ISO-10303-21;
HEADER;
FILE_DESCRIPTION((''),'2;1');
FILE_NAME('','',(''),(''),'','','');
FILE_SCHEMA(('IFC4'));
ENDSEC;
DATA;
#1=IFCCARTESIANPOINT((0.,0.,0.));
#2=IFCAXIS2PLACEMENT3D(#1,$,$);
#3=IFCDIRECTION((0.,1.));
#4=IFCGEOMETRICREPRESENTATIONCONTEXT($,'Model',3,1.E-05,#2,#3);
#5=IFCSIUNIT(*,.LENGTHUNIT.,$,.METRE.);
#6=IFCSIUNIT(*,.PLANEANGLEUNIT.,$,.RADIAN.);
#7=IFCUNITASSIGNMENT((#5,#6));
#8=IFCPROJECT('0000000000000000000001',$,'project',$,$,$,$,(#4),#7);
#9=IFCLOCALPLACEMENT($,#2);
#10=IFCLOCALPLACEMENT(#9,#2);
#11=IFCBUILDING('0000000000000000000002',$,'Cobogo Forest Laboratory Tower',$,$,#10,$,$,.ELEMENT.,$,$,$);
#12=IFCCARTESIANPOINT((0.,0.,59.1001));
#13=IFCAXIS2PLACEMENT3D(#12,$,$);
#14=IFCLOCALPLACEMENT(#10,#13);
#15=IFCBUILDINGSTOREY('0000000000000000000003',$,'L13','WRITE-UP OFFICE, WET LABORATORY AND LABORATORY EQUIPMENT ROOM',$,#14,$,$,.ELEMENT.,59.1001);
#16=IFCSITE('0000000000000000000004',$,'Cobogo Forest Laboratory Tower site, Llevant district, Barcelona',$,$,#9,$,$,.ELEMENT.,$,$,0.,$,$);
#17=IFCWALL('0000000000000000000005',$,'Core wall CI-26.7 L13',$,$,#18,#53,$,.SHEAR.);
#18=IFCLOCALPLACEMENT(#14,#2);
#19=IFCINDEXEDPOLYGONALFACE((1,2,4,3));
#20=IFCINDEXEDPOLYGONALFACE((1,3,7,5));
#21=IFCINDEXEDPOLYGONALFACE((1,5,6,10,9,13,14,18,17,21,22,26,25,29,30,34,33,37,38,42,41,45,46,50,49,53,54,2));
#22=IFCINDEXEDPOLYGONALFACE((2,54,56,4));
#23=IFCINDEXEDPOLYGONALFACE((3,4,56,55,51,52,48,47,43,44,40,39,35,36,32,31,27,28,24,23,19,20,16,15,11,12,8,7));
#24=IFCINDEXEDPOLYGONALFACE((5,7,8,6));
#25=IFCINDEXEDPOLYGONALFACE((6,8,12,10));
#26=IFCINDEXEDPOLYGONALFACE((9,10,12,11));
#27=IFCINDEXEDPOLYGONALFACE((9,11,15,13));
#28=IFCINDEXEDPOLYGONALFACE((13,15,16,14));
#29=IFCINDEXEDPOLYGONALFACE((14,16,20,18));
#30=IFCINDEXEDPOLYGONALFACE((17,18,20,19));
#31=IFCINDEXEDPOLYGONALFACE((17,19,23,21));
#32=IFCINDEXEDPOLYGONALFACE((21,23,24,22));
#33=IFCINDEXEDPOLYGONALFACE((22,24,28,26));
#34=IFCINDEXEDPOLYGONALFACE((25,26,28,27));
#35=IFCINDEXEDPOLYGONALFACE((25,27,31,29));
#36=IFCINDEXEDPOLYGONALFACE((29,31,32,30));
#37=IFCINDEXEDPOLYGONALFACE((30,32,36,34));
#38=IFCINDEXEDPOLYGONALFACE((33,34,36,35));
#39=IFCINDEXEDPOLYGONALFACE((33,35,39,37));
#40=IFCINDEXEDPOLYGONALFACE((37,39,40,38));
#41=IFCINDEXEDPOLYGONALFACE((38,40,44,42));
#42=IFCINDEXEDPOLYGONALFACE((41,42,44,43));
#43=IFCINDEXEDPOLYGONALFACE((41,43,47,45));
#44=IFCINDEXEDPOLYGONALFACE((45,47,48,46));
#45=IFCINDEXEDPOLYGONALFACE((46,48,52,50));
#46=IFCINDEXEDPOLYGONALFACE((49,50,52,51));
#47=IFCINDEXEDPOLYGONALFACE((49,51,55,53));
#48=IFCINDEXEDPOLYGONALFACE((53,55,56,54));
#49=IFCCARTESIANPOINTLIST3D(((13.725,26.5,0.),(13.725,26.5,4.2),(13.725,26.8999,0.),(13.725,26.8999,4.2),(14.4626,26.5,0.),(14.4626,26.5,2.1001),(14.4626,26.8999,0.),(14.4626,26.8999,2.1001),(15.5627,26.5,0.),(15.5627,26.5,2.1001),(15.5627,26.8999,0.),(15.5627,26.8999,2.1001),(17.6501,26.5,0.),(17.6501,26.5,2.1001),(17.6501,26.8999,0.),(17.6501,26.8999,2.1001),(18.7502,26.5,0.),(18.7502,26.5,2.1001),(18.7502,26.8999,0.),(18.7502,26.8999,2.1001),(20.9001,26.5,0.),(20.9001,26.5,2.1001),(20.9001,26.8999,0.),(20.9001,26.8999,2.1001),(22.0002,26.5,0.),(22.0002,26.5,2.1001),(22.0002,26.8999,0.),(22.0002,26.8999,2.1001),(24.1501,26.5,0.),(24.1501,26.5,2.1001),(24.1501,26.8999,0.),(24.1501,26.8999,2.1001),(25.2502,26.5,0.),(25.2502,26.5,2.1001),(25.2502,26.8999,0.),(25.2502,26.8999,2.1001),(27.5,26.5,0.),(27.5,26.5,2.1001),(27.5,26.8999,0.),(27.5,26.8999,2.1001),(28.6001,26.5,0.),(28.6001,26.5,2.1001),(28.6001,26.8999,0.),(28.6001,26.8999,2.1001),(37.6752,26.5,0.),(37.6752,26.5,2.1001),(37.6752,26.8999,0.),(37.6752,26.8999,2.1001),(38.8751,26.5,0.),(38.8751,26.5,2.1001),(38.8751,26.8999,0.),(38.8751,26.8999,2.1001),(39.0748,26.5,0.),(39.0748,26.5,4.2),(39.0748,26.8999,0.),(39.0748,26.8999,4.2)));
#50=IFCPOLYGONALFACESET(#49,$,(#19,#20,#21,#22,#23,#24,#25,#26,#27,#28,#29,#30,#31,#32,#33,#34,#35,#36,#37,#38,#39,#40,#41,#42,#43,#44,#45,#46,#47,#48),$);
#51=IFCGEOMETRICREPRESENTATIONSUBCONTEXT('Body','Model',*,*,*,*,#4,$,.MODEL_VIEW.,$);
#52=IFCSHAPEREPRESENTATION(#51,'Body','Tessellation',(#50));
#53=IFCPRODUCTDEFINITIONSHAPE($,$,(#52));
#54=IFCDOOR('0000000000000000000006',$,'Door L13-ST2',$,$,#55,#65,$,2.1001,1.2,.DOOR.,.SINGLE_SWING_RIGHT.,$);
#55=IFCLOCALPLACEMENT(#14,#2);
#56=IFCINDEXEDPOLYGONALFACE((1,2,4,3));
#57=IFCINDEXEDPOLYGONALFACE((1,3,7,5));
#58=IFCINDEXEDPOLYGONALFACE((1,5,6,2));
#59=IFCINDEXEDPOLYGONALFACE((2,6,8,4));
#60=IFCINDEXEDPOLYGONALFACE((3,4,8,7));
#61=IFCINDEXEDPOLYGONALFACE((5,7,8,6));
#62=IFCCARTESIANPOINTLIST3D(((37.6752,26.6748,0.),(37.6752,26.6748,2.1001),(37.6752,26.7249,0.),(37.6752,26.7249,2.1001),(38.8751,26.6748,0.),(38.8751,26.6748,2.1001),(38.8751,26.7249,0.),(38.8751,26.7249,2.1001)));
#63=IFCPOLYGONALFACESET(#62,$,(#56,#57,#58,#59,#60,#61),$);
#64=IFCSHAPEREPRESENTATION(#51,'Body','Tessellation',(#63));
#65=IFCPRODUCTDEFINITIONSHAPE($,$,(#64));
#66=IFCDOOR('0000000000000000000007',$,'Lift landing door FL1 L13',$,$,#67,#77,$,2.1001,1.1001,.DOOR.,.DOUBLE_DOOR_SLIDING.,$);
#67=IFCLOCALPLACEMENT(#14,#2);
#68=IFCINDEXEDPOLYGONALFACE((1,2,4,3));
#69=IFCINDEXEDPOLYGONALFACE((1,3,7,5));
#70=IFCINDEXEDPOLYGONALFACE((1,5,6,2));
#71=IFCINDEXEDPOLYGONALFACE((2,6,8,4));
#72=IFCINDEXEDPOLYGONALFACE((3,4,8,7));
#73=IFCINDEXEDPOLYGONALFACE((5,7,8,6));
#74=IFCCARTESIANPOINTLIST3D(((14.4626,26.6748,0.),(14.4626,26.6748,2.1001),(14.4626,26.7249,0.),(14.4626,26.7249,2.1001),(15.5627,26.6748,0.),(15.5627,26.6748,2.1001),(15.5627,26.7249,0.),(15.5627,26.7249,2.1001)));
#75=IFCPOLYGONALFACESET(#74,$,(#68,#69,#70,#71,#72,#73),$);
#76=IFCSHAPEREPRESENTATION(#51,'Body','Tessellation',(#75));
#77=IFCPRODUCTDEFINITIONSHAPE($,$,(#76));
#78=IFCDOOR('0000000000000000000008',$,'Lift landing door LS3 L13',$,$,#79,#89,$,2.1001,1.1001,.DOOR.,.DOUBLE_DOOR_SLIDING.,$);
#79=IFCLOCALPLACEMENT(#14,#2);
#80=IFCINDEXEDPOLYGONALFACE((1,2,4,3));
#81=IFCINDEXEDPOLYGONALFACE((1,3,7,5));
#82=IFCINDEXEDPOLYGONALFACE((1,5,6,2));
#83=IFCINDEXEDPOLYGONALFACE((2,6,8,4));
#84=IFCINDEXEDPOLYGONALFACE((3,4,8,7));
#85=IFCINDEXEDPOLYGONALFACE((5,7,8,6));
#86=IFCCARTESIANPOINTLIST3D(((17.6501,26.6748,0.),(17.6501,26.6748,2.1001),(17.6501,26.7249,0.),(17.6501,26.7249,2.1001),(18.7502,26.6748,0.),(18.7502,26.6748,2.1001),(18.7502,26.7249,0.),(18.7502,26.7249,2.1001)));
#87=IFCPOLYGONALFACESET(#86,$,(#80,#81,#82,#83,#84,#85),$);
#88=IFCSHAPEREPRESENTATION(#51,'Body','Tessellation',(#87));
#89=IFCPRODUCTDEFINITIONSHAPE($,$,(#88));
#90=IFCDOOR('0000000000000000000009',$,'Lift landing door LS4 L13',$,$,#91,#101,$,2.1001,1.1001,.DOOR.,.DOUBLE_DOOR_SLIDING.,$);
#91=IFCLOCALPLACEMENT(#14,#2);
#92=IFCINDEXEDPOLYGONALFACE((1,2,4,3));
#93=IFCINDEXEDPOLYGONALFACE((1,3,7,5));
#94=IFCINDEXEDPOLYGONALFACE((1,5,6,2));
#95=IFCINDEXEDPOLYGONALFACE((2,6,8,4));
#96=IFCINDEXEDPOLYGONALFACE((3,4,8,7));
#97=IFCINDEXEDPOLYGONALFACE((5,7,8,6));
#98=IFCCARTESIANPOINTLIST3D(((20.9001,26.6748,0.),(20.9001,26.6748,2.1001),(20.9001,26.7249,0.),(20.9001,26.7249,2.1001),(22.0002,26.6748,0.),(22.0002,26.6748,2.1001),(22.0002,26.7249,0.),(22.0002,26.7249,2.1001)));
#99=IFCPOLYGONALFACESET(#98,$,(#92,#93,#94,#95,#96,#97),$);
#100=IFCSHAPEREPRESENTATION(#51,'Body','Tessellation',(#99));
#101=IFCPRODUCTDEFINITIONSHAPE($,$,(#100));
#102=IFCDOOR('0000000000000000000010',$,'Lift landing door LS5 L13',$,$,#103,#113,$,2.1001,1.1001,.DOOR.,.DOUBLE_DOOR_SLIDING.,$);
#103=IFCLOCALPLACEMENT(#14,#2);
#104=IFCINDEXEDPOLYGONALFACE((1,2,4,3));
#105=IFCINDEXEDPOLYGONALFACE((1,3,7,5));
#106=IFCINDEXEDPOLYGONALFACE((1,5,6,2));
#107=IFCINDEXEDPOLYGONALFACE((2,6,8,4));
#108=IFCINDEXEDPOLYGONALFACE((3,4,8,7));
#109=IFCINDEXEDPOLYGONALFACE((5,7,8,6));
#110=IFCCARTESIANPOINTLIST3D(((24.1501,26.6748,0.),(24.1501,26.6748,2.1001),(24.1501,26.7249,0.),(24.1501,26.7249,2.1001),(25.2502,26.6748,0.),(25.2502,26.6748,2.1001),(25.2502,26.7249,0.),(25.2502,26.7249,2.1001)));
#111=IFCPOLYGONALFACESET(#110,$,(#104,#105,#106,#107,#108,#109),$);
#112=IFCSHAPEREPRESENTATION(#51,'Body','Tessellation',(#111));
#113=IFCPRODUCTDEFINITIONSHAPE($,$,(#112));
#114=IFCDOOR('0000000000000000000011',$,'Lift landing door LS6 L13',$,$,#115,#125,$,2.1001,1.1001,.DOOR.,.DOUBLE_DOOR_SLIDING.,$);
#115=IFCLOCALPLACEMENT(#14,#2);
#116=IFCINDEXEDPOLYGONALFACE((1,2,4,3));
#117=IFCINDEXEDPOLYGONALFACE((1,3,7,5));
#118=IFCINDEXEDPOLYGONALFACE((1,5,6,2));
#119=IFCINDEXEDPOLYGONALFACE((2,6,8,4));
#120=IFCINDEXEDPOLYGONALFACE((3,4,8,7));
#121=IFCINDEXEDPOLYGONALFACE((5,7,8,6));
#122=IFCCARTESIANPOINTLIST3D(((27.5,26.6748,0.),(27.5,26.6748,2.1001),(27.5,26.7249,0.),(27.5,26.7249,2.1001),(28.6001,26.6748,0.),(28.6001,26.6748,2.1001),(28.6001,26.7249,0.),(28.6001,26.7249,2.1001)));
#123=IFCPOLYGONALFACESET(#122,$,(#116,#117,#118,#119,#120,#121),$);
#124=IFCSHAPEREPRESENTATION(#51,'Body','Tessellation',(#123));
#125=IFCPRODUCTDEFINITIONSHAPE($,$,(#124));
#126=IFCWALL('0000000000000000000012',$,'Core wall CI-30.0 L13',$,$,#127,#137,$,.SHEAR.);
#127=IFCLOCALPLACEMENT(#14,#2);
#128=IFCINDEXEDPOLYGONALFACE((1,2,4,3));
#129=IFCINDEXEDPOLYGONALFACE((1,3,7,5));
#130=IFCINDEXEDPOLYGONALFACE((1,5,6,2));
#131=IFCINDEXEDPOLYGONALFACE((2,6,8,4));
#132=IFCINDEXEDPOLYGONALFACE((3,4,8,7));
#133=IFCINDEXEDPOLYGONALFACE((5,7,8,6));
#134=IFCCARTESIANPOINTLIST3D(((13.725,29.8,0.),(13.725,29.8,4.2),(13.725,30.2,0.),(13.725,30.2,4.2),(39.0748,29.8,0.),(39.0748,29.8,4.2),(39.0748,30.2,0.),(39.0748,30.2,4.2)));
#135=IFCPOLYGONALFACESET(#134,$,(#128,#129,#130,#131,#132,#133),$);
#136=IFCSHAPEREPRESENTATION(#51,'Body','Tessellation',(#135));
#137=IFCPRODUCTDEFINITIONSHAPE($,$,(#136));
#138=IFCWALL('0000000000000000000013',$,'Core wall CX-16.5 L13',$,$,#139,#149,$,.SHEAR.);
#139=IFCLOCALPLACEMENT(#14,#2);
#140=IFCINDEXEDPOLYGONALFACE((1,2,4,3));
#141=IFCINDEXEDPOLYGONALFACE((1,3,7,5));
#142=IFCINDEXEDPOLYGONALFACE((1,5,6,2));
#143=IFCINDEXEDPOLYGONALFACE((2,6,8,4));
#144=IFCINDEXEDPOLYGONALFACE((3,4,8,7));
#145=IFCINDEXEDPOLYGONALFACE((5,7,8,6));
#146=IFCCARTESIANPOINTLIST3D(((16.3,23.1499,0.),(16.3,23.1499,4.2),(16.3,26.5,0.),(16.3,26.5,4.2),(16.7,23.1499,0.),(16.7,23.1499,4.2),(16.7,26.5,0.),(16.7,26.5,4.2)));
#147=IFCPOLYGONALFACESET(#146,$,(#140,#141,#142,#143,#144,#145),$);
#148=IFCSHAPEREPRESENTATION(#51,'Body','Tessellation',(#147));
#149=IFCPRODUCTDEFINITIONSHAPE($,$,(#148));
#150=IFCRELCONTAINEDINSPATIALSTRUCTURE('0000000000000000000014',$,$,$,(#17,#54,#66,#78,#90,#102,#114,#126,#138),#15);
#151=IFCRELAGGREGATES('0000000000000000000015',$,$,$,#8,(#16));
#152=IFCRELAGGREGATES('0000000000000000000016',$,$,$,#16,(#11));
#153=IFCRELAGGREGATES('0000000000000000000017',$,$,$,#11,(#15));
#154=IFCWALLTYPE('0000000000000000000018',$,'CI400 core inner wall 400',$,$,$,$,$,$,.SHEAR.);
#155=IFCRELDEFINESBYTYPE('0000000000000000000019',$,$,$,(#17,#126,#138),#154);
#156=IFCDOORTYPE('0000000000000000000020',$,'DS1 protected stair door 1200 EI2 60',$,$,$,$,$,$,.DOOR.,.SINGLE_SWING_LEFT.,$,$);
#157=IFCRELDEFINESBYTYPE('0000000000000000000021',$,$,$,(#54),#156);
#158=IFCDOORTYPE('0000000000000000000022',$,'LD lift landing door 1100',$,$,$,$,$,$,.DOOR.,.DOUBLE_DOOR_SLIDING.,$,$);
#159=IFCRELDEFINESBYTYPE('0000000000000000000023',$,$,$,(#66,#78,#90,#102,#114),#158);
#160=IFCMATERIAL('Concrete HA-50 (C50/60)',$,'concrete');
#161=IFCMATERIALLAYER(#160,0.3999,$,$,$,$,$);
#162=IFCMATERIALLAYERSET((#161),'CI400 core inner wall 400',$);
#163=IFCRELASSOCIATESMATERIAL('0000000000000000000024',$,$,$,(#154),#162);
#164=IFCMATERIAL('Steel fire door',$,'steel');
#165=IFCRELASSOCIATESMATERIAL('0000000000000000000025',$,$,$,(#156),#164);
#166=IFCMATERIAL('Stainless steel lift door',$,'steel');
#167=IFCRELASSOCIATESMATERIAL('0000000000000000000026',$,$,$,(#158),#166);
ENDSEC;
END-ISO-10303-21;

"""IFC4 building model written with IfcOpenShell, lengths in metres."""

from ifc_helpers import new_model, si_unit, direction, frame, frame_2d, origin, place, context, subcontext, project, spatial, rectangle, extrude, material, layer, layer_set, type_object, element, fill, save


model = new_model("IFC4")

# Units and contexts
model_context = context("Model", 3, precision=1e-05, world=origin(), true_north=direction((0.0, 1.0)))
body_context = subcontext(model_context, "Body", "Model", "MODEL_VIEW")
ifc_project = project(units=[si_unit("LENGTHUNIT", "METRE"), si_unit("PLANEANGLEUNIT", "RADIAN")], contexts=[model_context])

# Site, building, storey
site_placement = place(None, origin())
site = spatial("IfcSite", under=ifc_project, at=site_placement, Name="Cobogo Forest Laboratory Tower site, Llevant district, Barcelona", CompositionType="ELEMENT", RefElevation=0.0)
building_placement = place(site_placement, origin())
building = spatial("IfcBuilding", under=site, at=building_placement, Name="Cobogo Forest Laboratory Tower", CompositionType="ELEMENT")
storey_placement = place(building_placement, frame((0.0, 0.0, 59.1001)))
storey = spatial("IfcBuildingStorey", under=building, at=storey_placement, Name="L13", Description="WRITE-UP OFFICE, WET LABORATORY AND LABORATORY EQUIPMENT ROOM", CompositionType="ELEMENT", Elevation=59.1001)

# Shared definitions
ifc_material_1 = material(Name="Concrete HA-50 (C50/60)", Category="concrete")

# Shared definitions
ifc_layer_1 = layer(ifc_material_1, 0.3999)
ifc_layer_set_1 = layer_set([ifc_layer_1], Name="CI400 core inner wall 400")
wall_type_1 = type_object("IfcWallType", Name="CI400 core inner wall 400", PredefinedType="SHEAR", material=ifc_layer_set_1)

# Wall, openings, doors
wall_1_placement = place(storey_placement, frame((13.7251, 26.7, 0.0), z_axis=(0.0, 0.0, 1.0), x_axis=(1.0, 0.0, 0.0)))
wall_1 = element("IfcWall", 1, at=wall_1_placement, inside=storey, type_object=wall_type_1, Name="Core wall CI-26.7 L13", PredefinedType="SHEAR", context=body_context, shape_type="SweptSolid", body=[
    extrude(rectangle(XDim=25.3499, YDim=0.3999, at=frame_2d((12.6748, 0.0))), origin(), (0.0, 0.0, 1.0), 4.2),
])
opening_1_placement = place(wall_1_placement, frame((23.95, 0.0, 0.0)))
opening_1 = element("IfcOpeningElement", 2, at=opening_1_placement, cuts=wall_1, PredefinedType="OPENING", context=body_context, shape_type="SweptSolid", body=[
    extrude(rectangle(XDim=1.2, YDim=2.1001, at=frame_2d((0.6001, 1.05))), frame((0.0, 0.21, 0.0), z_axis=(0.0, -1.0, 0.0), x_axis=(1.0, 0.0, 0.0)), (0.0, 0.0, 1.0), 0.4199),
])
opening_2_placement = place(wall_1_placement, frame((0.7375, 0.0, 0.0)))
opening_2 = element("IfcOpeningElement", 3, at=opening_2_placement, cuts=wall_1, PredefinedType="OPENING", context=body_context, shape_type="SweptSolid", body=[
    extrude(rectangle(XDim=1.1001, YDim=2.1001, at=frame_2d((0.55, 1.05))), frame((0.0, 0.21, 0.0), z_axis=(0.0, -1.0, 0.0), x_axis=(1.0, 0.0, 0.0)), (0.0, 0.0, 1.0), 0.4199),
])
opening_3_placement = place(wall_1_placement, frame((3.925, 0.0, 0.0)))
opening_3 = element("IfcOpeningElement", 4, at=opening_3_placement, cuts=wall_1, PredefinedType="OPENING", context=body_context, shape_type="SweptSolid", body=[
    extrude(rectangle(XDim=1.1001, YDim=2.1001, at=frame_2d((0.55, 1.05))), frame((0.0, 0.21, 0.0), z_axis=(0.0, -1.0, 0.0), x_axis=(1.0, 0.0, 0.0)), (0.0, 0.0, 1.0), 0.4199),
])
opening_4_placement = place(wall_1_placement, frame((7.175, 0.0, 0.0)))
opening_4 = element("IfcOpeningElement", 5, at=opening_4_placement, cuts=wall_1, PredefinedType="OPENING", context=body_context, shape_type="SweptSolid", body=[
    extrude(rectangle(XDim=1.1001, YDim=2.1001, at=frame_2d((0.55, 1.05))), frame((0.0, 0.21, 0.0), z_axis=(0.0, -1.0, 0.0), x_axis=(1.0, 0.0, 0.0)), (0.0, 0.0, 1.0), 0.4199),
])
opening_5_placement = place(wall_1_placement, frame((10.425, 0.0, 0.0)))
opening_5 = element("IfcOpeningElement", 6, at=opening_5_placement, cuts=wall_1, PredefinedType="OPENING", context=body_context, shape_type="SweptSolid", body=[
    extrude(rectangle(XDim=1.1001, YDim=2.1001, at=frame_2d((0.55, 1.05))), frame((0.0, 0.21, 0.0), z_axis=(0.0, -1.0, 0.0), x_axis=(1.0, 0.0, 0.0)), (0.0, 0.0, 1.0), 0.4199),
])
opening_6_placement = place(wall_1_placement, frame((13.7749, 0.0, 0.0)))
opening_6 = element("IfcOpeningElement", 7, at=opening_6_placement, cuts=wall_1, PredefinedType="OPENING", context=body_context, shape_type="SweptSolid", body=[
    extrude(rectangle(XDim=1.1001, YDim=2.1001, at=frame_2d((0.55, 1.05))), frame((0.0, 0.21, 0.0), z_axis=(0.0, -1.0, 0.0), x_axis=(1.0, 0.0, 0.0)), (0.0, 0.0, 1.0), 0.4199),
])
ifc_material_2 = material(Name="Steel fire door", Category="steel")
door_type_1 = type_object("IfcDoorType", Name="DS1 protected stair door 1200 EI2 60", OperationType="SINGLE_SWING_LEFT", PredefinedType="DOOR", material=ifc_material_2)
door_1_placement = place(opening_1_placement, origin())
door_1 = element("IfcDoor", 8, at=door_1_placement, inside=storey, type_object=door_type_1, Name="Door L13-ST2", OperationType="SINGLE_SWING_RIGHT", OverallHeight=2.1001, OverallWidth=1.2, PredefinedType="DOOR", context=body_context, shape_type="SweptSolid", body=[
    extrude(rectangle(XDim=1.2, YDim=2.1001, at=frame_2d((0.6001, 1.05))), frame((0.0, 0.0249, 0.0), z_axis=(0.0, -1.0, 0.0), x_axis=(1.0, 0.0, 0.0)), (0.0, 0.0, 1.0), 0.05),
])
fill(opening_1, door_1)
ifc_material_3 = material(Name="Stainless steel lift door", Category="steel")
door_type_2 = type_object("IfcDoorType", Name="LD lift landing door 1100", OperationType="DOUBLE_DOOR_SLIDING", PredefinedType="DOOR", material=ifc_material_3)
door_2_placement = place(opening_2_placement, origin())
door_2 = element("IfcDoor", 9, at=door_2_placement, inside=storey, type_object=door_type_2, Name="Lift landing door FL1 L13", OperationType="DOUBLE_DOOR_SLIDING", OverallHeight=2.1001, OverallWidth=1.1001, PredefinedType="DOOR", context=body_context, shape_type="SweptSolid", body=[
    extrude(rectangle(XDim=1.1001, YDim=2.1001, at=frame_2d((0.55, 1.05))), frame((0.0, 0.0249, 0.0), z_axis=(0.0, -1.0, 0.0), x_axis=(1.0, 0.0, 0.0)), (0.0, 0.0, 1.0), 0.05),
])
fill(opening_2, door_2)
door_3_placement = place(opening_3_placement, origin())
door_3 = element("IfcDoor", 10, at=door_3_placement, inside=storey, type_object=door_type_2, Name="Lift landing door LS3 L13", OperationType="DOUBLE_DOOR_SLIDING", OverallHeight=2.1001, OverallWidth=1.1001, PredefinedType="DOOR", context=body_context, shape_type="SweptSolid", body=[
    extrude(rectangle(XDim=1.1001, YDim=2.1001, at=frame_2d((0.55, 1.05))), frame((0.0, 0.0249, 0.0), z_axis=(0.0, -1.0, 0.0), x_axis=(1.0, 0.0, 0.0)), (0.0, 0.0, 1.0), 0.05),
])
fill(opening_3, door_3)
door_4_placement = place(opening_4_placement, origin())
door_4 = element("IfcDoor", 11, at=door_4_placement, inside=storey, type_object=door_type_2, Name="Lift landing door LS4 L13", OperationType="DOUBLE_DOOR_SLIDING", OverallHeight=2.1001, OverallWidth=1.1001, PredefinedType="DOOR", context=body_context, shape_type="SweptSolid", body=[
    extrude(rectangle(XDim=1.1001, YDim=2.1001, at=frame_2d((0.55, 1.05))), frame((0.0, 0.0249, 0.0), z_axis=(0.0, -1.0, 0.0), x_axis=(1.0, 0.0, 0.0)), (0.0, 0.0, 1.0), 0.05),
])
fill(opening_4, door_4)
door_5_placement = place(opening_5_placement, origin())
door_5 = element("IfcDoor", 12, at=door_5_placement, inside=storey, type_object=door_type_2, Name="Lift landing door LS5 L13", OperationType="DOUBLE_DOOR_SLIDING", OverallHeight=2.1001, OverallWidth=1.1001, PredefinedType="DOOR", context=body_context, shape_type="SweptSolid", body=[
    extrude(rectangle(XDim=1.1001, YDim=2.1001, at=frame_2d((0.55, 1.05))), frame((0.0, 0.0249, 0.0), z_axis=(0.0, -1.0, 0.0), x_axis=(1.0, 0.0, 0.0)), (0.0, 0.0, 1.0), 0.05),
])
fill(opening_5, door_5)
door_6_placement = place(opening_6_placement, origin())
door_6 = element("IfcDoor", 13, at=door_6_placement, inside=storey, type_object=door_type_2, Name="Lift landing door LS6 L13", OperationType="DOUBLE_DOOR_SLIDING", OverallHeight=2.1001, OverallWidth=1.1001, PredefinedType="DOOR", context=body_context, shape_type="SweptSolid", body=[
    extrude(rectangle(XDim=1.1001, YDim=2.1001, at=frame_2d((0.55, 1.05))), frame((0.0, 0.0249, 0.0), z_axis=(0.0, -1.0, 0.0), x_axis=(1.0, 0.0, 0.0)), (0.0, 0.0, 1.0), 0.05),
])
fill(opening_6, door_6)

# Walls
wall_2_placement = place(storey_placement, frame((13.7251, 30.0, 0.0), z_axis=(0.0, 0.0, 1.0), x_axis=(1.0, 0.0, 0.0)))
element("IfcWall", 14, at=wall_2_placement, inside=storey, type_object=wall_type_1, Name="Core wall CI-30.0 L13", PredefinedType="SHEAR", context=body_context, shape_type="SweptSolid", body=[
    extrude(rectangle(XDim=25.3499, YDim=0.3999, at=frame_2d((12.6748, 0.0))), origin(), (0.0, 0.0, 1.0), 4.2),
])
wall_3_placement = place(storey_placement, frame((16.5, 23.1499, 0.0), z_axis=(0.0, 0.0, 1.0), x_axis=(0.0, 1.0, 0.0)))
element("IfcWall", 15, at=wall_3_placement, inside=storey, type_object=wall_type_1, Name="Core wall CX-16.5 L13", PredefinedType="SHEAR", context=body_context, shape_type="SweptSolid", body=[
    extrude(rectangle(XDim=3.3501, YDim=0.3999, at=frame_2d((1.675, 0.0))), origin(), (0.0, 0.0, 1.0), 4.2),
])

save(model, "model.ifc")
